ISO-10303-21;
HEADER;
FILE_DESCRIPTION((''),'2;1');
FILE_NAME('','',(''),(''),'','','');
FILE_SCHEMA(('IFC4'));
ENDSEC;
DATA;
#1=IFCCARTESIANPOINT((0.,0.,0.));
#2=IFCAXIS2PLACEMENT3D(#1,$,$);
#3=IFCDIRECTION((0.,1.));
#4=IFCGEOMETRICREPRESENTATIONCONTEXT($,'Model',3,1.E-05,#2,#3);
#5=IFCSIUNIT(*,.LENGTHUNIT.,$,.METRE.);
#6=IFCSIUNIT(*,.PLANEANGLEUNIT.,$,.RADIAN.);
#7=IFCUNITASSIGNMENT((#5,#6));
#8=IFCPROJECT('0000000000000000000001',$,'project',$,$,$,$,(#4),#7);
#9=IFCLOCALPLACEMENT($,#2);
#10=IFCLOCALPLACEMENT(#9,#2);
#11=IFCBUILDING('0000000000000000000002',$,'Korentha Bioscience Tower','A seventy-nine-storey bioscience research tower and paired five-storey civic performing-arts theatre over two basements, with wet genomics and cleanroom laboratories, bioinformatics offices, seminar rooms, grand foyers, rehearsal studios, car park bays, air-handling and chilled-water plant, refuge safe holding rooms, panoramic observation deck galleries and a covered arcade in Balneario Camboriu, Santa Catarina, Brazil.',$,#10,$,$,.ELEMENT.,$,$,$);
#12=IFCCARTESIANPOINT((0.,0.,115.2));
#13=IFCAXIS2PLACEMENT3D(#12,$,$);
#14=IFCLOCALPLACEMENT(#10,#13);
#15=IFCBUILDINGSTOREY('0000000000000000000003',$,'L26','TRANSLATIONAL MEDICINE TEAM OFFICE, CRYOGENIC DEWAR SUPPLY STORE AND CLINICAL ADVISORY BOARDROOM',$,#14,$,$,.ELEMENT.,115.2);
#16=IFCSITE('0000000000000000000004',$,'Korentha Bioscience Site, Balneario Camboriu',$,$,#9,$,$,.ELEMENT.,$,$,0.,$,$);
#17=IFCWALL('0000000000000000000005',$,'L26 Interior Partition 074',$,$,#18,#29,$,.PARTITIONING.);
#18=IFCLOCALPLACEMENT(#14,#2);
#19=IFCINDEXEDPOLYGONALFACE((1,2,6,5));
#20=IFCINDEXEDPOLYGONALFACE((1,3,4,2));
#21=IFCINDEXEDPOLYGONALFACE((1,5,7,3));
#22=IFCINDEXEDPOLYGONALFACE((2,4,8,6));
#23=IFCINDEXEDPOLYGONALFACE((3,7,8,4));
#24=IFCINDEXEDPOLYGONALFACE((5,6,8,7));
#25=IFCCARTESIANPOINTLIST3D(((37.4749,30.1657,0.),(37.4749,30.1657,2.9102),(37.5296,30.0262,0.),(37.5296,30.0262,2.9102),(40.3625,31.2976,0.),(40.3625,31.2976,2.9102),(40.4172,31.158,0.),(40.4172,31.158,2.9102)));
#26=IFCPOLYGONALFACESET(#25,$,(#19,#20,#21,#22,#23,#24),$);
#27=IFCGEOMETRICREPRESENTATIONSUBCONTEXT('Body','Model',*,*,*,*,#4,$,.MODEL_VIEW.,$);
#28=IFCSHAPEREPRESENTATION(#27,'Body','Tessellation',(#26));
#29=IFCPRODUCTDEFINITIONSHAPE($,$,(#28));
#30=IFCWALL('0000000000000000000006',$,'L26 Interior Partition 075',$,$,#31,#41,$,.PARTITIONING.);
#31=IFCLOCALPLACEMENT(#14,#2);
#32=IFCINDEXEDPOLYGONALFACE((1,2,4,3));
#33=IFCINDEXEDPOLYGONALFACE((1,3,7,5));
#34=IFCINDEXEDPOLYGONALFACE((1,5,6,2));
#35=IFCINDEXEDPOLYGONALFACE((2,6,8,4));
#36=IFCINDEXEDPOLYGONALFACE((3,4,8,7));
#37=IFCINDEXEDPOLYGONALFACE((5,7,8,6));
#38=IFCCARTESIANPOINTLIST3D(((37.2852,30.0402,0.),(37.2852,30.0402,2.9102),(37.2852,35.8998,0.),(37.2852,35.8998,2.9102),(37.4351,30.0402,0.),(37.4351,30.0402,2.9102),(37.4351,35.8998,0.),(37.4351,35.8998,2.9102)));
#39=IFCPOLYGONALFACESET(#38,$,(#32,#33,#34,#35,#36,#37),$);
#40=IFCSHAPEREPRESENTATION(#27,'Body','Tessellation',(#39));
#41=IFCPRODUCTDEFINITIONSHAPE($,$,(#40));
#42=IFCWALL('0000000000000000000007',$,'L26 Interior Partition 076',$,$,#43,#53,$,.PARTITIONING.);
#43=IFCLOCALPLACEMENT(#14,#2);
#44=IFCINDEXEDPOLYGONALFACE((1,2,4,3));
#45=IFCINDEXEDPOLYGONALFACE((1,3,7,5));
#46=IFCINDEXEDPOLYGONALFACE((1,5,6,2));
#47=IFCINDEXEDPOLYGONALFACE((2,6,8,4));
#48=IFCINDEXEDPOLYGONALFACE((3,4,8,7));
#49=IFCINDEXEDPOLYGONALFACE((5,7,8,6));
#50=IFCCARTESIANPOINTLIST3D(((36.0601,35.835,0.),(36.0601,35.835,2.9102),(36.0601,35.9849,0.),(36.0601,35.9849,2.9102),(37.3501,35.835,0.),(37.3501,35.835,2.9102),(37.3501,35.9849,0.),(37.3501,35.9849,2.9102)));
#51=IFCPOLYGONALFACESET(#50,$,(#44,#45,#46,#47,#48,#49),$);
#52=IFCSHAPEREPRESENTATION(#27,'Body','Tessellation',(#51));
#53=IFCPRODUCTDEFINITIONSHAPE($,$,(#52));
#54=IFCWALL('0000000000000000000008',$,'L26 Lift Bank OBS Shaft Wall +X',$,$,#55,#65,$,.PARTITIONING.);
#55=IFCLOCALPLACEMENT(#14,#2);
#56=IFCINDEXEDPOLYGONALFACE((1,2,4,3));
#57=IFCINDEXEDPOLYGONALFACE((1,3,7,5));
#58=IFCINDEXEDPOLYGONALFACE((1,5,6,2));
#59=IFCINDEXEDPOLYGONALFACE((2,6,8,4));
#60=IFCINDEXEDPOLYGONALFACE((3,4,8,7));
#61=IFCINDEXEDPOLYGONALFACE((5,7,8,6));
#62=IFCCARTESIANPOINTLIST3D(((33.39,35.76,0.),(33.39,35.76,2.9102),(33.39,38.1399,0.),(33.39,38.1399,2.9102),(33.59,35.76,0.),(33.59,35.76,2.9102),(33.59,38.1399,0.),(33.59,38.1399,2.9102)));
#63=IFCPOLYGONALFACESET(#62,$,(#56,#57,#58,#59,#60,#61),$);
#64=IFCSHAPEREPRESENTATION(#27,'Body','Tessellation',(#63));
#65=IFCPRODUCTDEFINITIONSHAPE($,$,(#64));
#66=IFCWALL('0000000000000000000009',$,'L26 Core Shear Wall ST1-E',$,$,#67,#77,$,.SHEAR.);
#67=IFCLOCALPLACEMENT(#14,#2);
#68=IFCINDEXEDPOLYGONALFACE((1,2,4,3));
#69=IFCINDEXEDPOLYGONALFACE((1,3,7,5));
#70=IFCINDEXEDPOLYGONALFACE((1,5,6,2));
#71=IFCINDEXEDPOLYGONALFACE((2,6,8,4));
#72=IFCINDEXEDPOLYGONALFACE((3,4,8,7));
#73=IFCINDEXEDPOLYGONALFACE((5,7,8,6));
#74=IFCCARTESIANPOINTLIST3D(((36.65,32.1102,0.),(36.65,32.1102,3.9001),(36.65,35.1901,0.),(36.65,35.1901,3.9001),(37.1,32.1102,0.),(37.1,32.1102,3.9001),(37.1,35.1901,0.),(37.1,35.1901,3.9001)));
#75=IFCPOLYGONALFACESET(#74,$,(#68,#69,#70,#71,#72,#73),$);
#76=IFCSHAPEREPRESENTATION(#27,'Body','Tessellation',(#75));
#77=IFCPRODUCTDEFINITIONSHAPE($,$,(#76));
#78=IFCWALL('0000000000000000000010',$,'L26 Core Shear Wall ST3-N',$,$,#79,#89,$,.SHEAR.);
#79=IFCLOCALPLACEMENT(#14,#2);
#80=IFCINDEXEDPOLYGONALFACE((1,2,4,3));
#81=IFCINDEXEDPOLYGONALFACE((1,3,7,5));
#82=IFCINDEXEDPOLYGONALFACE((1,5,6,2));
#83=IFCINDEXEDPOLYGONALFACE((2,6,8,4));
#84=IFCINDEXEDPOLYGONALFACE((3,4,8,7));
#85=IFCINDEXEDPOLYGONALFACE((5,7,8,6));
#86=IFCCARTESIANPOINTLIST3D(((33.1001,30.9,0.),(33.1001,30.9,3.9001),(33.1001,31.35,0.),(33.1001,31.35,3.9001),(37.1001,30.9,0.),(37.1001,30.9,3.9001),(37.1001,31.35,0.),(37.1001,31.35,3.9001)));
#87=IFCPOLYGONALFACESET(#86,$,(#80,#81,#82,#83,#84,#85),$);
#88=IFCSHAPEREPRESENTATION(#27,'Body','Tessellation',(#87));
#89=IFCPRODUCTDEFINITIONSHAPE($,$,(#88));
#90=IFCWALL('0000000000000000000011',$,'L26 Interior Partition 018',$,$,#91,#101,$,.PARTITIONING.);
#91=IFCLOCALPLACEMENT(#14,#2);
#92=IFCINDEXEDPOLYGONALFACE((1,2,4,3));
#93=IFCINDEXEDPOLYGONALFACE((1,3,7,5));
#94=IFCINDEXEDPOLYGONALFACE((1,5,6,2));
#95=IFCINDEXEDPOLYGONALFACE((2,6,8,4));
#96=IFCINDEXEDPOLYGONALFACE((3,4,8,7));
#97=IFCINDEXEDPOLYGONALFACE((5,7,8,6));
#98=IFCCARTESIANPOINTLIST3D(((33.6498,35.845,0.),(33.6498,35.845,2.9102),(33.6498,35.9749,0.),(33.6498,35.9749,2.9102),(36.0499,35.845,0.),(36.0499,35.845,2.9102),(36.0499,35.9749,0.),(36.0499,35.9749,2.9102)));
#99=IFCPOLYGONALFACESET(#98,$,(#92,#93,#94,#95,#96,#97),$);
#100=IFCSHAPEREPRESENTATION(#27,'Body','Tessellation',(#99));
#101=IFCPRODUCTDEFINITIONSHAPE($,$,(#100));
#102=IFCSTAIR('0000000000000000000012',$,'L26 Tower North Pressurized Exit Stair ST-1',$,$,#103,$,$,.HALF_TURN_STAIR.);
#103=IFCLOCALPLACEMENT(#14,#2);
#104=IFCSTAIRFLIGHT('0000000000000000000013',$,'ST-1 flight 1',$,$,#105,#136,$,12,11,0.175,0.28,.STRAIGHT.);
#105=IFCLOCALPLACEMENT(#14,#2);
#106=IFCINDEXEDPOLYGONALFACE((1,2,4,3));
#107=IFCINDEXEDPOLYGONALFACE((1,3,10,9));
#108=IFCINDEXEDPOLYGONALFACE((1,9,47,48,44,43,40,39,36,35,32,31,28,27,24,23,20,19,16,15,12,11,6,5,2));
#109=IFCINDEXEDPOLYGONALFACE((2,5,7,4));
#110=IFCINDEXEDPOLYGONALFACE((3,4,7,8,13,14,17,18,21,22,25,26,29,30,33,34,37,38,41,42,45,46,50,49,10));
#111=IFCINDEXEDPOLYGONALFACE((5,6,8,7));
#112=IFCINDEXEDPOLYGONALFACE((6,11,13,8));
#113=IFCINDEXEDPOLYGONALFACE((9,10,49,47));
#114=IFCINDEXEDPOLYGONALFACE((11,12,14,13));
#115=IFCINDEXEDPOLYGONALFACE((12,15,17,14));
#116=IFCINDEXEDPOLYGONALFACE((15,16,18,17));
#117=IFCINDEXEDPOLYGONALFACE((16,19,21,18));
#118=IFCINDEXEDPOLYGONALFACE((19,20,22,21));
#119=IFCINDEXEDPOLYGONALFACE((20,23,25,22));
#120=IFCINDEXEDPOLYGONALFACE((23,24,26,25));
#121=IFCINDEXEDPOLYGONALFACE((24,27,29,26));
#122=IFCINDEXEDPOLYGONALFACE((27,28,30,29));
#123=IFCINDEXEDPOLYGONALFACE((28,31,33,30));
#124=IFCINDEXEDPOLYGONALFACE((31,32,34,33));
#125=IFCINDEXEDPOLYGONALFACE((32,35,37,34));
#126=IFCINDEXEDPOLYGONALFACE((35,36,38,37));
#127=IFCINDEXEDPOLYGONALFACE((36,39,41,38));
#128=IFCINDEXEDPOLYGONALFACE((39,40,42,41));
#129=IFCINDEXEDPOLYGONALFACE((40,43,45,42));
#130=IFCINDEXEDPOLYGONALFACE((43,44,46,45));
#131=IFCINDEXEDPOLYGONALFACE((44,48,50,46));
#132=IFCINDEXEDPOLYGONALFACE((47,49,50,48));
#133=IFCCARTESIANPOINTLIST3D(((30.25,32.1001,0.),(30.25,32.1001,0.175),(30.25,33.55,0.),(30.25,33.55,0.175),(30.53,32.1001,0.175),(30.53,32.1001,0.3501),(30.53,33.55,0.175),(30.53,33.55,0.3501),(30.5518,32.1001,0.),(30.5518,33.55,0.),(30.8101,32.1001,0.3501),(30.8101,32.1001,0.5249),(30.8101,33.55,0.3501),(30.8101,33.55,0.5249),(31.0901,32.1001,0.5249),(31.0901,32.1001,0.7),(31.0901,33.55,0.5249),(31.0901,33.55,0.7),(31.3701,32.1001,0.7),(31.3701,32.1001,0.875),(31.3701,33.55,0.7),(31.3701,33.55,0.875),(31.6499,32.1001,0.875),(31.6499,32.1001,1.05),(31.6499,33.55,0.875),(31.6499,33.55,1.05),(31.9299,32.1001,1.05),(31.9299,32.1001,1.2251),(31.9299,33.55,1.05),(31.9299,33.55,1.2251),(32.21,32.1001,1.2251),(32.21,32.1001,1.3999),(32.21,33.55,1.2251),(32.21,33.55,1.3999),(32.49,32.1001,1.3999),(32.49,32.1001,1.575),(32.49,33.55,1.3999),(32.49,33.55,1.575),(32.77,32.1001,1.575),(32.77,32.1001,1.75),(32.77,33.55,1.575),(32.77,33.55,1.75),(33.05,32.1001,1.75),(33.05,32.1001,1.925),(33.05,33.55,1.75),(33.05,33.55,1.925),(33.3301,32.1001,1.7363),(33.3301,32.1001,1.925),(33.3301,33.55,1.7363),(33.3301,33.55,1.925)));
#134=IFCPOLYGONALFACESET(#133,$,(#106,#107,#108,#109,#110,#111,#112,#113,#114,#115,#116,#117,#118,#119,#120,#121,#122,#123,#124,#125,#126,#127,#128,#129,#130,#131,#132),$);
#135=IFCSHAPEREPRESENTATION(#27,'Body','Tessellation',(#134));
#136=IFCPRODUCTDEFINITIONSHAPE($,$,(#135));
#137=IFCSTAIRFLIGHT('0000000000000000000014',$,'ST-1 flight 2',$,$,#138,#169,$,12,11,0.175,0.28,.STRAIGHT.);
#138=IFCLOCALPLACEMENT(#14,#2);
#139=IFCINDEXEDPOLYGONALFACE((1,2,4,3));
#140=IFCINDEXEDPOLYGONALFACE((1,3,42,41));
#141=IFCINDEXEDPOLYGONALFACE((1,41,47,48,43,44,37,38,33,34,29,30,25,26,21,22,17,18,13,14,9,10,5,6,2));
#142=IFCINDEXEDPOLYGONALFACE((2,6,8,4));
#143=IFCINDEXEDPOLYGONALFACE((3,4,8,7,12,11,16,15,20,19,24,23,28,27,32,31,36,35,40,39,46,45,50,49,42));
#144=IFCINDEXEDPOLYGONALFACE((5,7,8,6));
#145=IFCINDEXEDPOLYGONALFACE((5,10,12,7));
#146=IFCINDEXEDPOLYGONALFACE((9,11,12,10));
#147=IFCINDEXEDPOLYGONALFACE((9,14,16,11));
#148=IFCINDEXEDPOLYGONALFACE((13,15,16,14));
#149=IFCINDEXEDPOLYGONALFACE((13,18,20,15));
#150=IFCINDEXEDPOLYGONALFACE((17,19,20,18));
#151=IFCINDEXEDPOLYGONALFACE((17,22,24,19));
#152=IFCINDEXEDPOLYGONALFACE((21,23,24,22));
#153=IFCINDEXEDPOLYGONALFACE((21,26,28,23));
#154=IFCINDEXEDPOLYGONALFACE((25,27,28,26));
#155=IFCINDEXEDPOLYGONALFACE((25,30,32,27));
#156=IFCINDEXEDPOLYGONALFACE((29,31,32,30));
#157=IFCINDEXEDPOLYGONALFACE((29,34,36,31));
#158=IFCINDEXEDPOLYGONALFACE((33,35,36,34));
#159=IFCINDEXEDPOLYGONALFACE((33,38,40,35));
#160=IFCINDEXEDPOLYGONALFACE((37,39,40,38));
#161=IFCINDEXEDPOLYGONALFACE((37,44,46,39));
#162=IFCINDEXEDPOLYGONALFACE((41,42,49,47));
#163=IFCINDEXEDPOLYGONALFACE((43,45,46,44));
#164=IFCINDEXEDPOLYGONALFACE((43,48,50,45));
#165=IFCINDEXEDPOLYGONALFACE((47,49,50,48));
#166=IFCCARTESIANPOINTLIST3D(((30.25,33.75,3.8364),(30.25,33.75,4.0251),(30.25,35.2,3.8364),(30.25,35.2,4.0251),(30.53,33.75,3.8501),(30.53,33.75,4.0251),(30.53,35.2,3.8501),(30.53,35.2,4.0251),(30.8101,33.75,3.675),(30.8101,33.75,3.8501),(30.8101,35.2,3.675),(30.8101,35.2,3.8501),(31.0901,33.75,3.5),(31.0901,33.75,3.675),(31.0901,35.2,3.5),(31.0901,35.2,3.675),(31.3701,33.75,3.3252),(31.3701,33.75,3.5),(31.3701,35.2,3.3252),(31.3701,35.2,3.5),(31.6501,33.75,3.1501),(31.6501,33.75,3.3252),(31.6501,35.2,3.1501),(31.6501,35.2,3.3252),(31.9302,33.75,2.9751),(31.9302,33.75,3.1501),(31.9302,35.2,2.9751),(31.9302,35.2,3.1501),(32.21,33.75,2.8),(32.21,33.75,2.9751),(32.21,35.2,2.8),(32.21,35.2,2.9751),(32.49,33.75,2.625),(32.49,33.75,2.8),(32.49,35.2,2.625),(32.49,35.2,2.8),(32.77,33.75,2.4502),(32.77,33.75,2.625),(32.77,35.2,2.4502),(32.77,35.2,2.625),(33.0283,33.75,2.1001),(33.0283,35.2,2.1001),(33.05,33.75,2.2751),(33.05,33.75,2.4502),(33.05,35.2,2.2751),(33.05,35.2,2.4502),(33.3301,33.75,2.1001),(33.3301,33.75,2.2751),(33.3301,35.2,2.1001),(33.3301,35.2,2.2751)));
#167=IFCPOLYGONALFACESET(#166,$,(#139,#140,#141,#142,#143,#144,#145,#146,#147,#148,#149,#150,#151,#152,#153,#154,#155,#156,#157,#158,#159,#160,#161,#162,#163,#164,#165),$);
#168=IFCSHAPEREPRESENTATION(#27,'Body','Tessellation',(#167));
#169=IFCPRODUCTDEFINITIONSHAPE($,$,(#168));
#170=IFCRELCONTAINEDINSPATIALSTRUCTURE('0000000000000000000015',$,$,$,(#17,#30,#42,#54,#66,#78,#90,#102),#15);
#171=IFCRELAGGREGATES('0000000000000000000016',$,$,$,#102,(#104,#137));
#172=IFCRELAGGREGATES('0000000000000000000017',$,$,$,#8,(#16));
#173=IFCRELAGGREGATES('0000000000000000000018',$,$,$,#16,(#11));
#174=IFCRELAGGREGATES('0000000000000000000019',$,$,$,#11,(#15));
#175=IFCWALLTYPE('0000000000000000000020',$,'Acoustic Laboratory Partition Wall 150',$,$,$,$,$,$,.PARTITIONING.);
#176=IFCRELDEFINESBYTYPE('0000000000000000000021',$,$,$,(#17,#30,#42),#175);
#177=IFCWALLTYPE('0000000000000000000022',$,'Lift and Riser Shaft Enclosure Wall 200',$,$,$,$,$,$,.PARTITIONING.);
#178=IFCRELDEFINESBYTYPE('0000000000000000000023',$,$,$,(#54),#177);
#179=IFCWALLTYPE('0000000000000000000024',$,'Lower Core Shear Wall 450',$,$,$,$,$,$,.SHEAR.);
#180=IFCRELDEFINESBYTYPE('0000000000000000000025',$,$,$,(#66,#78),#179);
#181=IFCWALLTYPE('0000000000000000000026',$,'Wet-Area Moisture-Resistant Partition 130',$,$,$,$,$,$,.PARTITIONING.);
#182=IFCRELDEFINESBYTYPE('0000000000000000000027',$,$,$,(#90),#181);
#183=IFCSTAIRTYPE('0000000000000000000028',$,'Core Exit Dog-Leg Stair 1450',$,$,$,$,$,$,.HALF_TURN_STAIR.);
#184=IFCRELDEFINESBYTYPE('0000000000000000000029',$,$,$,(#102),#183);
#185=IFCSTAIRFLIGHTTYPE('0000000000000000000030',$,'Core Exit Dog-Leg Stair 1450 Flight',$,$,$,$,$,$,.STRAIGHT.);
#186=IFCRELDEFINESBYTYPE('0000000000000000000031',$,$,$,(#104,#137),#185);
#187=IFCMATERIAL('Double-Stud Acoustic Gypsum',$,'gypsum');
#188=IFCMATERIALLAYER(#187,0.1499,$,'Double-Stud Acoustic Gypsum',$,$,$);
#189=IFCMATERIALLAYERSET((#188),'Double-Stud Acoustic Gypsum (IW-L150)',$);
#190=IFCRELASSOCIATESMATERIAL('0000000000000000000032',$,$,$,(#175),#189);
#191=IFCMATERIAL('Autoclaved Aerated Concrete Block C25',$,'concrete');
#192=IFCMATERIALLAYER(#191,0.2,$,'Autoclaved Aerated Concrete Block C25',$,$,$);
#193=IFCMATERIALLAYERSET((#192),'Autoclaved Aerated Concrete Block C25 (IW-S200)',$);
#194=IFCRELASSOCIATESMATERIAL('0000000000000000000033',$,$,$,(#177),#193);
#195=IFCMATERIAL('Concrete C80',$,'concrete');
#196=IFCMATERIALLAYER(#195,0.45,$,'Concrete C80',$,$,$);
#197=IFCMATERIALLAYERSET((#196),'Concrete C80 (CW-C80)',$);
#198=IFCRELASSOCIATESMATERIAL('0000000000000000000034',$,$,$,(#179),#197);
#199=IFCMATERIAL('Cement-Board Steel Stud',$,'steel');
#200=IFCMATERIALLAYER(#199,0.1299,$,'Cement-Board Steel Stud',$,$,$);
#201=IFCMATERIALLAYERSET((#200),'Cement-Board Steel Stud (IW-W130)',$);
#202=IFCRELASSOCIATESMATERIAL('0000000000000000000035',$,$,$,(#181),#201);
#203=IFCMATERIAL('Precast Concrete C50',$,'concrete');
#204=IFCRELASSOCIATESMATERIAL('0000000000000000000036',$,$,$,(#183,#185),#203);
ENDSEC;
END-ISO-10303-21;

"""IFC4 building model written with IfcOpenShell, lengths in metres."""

from ifc_helpers import new_model, si_unit, direction, frame, frame_2d, origin, place, context, subcontext, project, spatial, polyline, rectangle, outline, extrude, material, layer, layer_set, type_object, element, aggregate, save


model = new_model("IFC4")

# Units and contexts
model_context = context("Model", 3, precision=1e-05, world=origin(), true_north=direction((0.0, 1.0)))
body_context = subcontext(model_context, "Body", "Model", "MODEL_VIEW")
ifc_project = project(units=[si_unit("LENGTHUNIT", "METRE"), si_unit("PLANEANGLEUNIT", "RADIAN")], contexts=[model_context])

# Site, building, storey
site_placement = place(None, origin())
site = spatial("IfcSite", under=ifc_project, at=site_placement, Name="Korentha Bioscience Site, Balneario Camboriu", CompositionType="ELEMENT", RefElevation=0.0)
building_placement = place(site_placement, origin())
building = spatial("IfcBuilding", under=site, at=building_placement, Name="Korentha Bioscience Tower", Description="A seventy-nine-storey bioscience research tower and paired five-storey civic performing-arts theatre over two basements, with wet genomics and cleanroom laboratories, bioinformatics offices, seminar rooms, grand foyers, rehearsal studios, car park bays, air-handling and chilled-water plant, refuge safe holding rooms, panoramic observation deck galleries and a covered arcade in Balneario Camboriu, Santa Catarina, Brazil.", CompositionType="ELEMENT")
storey_placement = place(building_placement, frame((0.0, 0.0, 115.2)))
storey = spatial("IfcBuildingStorey", under=building, at=storey_placement, Name="L26", Description="TRANSLATIONAL MEDICINE TEAM OFFICE, CRYOGENIC DEWAR SUPPLY STORE AND CLINICAL ADVISORY BOARDROOM", CompositionType="ELEMENT", Elevation=115.2)

# Walls
ifc_material_1 = material(Name="Double-Stud Acoustic Gypsum", Category="gypsum")
ifc_layer_1 = layer(ifc_material_1, 0.1499, Name="Double-Stud Acoustic Gypsum")
ifc_layer_set_1 = layer_set([ifc_layer_1], Name="Double-Stud Acoustic Gypsum (IW-L150)")
wall_type_1 = type_object("IfcWallType", Name="Acoustic Laboratory Partition Wall 150", PredefinedType="PARTITIONING", material=ifc_layer_set_1)
wall_1_placement = place(storey_placement, frame((40.3899, 31.2278, 0.0), z_axis=(0.0, 0.0, 1.0), x_axis=(-0.931038, -0.364922, 0.0)))
element("IfcWall", 1, at=wall_1_placement, inside=storey, type_object=wall_type_1, Name="L26 Interior Partition 074", PredefinedType="PARTITIONING", context=body_context, shape_type="SweptSolid", body=[
    extrude(rectangle(XDim=3.1016, YDim=0.1499, at=frame_2d((1.5508, 0.0))), origin(), (0.0, 0.0, 1.0), 2.9102),
])
wall_2_placement = place(storey_placement, frame((37.3601, 30.0403, 0.0), z_axis=(0.0, 0.0, 1.0), x_axis=(0.0, 1.0, 0.0)))
element("IfcWall", 2, at=wall_2_placement, inside=storey, type_object=wall_type_1, Name="L26 Interior Partition 075", PredefinedType="PARTITIONING", context=body_context, shape_type="SweptSolid", body=[
    extrude(rectangle(XDim=5.8596, YDim=0.1499, at=frame_2d((2.9297, 0.0))), origin(), (0.0, 0.0, 1.0), 2.9102),
])
wall_3_placement = place(storey_placement, frame((37.3501, 35.9099, 0.0), z_axis=(0.0, 0.0, 1.0), x_axis=(-1.0, 0.0, 0.0)))
element("IfcWall", 3, at=wall_3_placement, inside=storey, type_object=wall_type_1, Name="L26 Interior Partition 076", PredefinedType="PARTITIONING", context=body_context, shape_type="SweptSolid", body=[
    extrude(rectangle(XDim=1.29, YDim=0.1499, at=frame_2d((0.645, 0.0))), origin(), (0.0, 0.0, 1.0), 2.9102),
])
ifc_material_2 = material(Name="Autoclaved Aerated Concrete Block C25", Category="concrete")
ifc_layer_2 = layer(ifc_material_2, 0.2, Name="Autoclaved Aerated Concrete Block C25")
ifc_layer_set_2 = layer_set([ifc_layer_2], Name="Autoclaved Aerated Concrete Block C25 (IW-S200)")
wall_type_2 = type_object("IfcWallType", Name="Lift and Riser Shaft Enclosure Wall 200", PredefinedType="PARTITIONING", material=ifc_layer_set_2)
wall_4_placement = place(storey_placement, frame((33.49, 35.76, 0.0), z_axis=(0.0, 0.0, 1.0), x_axis=(0.0, 1.0, 0.0)))
element("IfcWall", 4, at=wall_4_placement, inside=storey, type_object=wall_type_2, Name="L26 Lift Bank OBS Shaft Wall +X", PredefinedType="PARTITIONING", context=body_context, shape_type="SweptSolid", body=[
    extrude(rectangle(XDim=2.3799, YDim=0.2, at=frame_2d((1.1899, 0.0))), origin(), (0.0, 0.0, 1.0), 2.9102),
])
ifc_material_3 = material(Name="Concrete C80", Category="concrete")
ifc_layer_3 = layer(ifc_material_3, 0.45, Name="Concrete C80")
ifc_layer_set_3 = layer_set([ifc_layer_3], Name="Concrete C80 (CW-C80)")
wall_type_3 = type_object("IfcWallType", Name="Lower Core Shear Wall 450", PredefinedType="SHEAR", material=ifc_layer_set_3)
wall_5_placement = place(storey_placement, frame((36.875, 32.1101, 0.0), z_axis=(0.0, 0.0, 1.0), x_axis=(0.0, 1.0, 0.0)))
element("IfcWall", 5, at=wall_5_placement, inside=storey, type_object=wall_type_3, Name="L26 Core Shear Wall ST1-E", PredefinedType="SHEAR", context=body_context, shape_type="SweptSolid", body=[
    extrude(rectangle(XDim=3.0798, YDim=0.45, at=frame_2d((1.54, 0.0))), origin(), (0.0, 0.0, 1.0), 3.9001),
])
wall_6_placement = place(storey_placement, frame((33.1001, 31.125, 0.0), z_axis=(0.0, 0.0, 1.0), x_axis=(1.0, 0.0, 0.0)))
element("IfcWall", 6, at=wall_6_placement, inside=storey, type_object=wall_type_3, Name="L26 Core Shear Wall ST3-N", PredefinedType="SHEAR", context=body_context, shape_type="SweptSolid", body=[
    extrude(rectangle(XDim=4.0, YDim=0.45, at=frame_2d((2.0, 0.0))), origin(), (0.0, 0.0, 1.0), 3.9001),
])
ifc_material_4 = material(Name="Cement-Board Steel Stud", Category="steel")
ifc_layer_4 = layer(ifc_material_4, 0.1299, Name="Cement-Board Steel Stud")
ifc_layer_set_4 = layer_set([ifc_layer_4], Name="Cement-Board Steel Stud (IW-W130)")
wall_type_4 = type_object("IfcWallType", Name="Wet-Area Moisture-Resistant Partition 130", PredefinedType="PARTITIONING", material=ifc_layer_set_4)
wall_7_placement = place(storey_placement, frame((36.05, 35.9099, 0.0), z_axis=(0.0, 0.0, 1.0), x_axis=(-1.0, 0.0, 0.0)))
element("IfcWall", 7, at=wall_7_placement, inside=storey, type_object=wall_type_4, Name="L26 Interior Partition 018", PredefinedType="PARTITIONING", context=body_context, shape_type="SweptSolid", body=[
    extrude(rectangle(XDim=2.4001, YDim=0.1299, at=frame_2d((1.2002, 0.0))), origin(), (0.0, 0.0, 1.0), 2.9102),
])

# Stair, stair flights
ifc_material_5 = material(Name="Precast Concrete C50", Category="concrete")
stair_type = type_object("IfcStairType", Name="Core Exit Dog-Leg Stair 1450", PredefinedType="HALF_TURN_STAIR", material=ifc_material_5)
stair_1_placement = place(storey_placement, origin())
stair_1 = element("IfcStair", 8, at=stair_1_placement, inside=storey, type_object=stair_type, Name="L26 Tower North Pressurized Exit Stair ST-1", PredefinedType="HALF_TURN_STAIR")
stair_flight_type = type_object("IfcStairFlightType", Name="Core Exit Dog-Leg Stair 1450 Flight", PredefinedType="STRAIGHT", material=ifc_material_5)
stair_flight_1_placement = place(storey_placement, frame((30.25, 32.825, 0.0), z_axis=(0.0, 0.0, 1.0), x_axis=(1.0, 0.0, 0.0)))
stair_flight_1 = element("IfcStairFlight", 9, at=stair_flight_1_placement, type_object=stair_flight_type, Name="ST-1 flight 1", NumberOfRisers=12, NumberOfTreads=11, PredefinedType="STRAIGHT", RiserHeight=0.175, TreadLength=0.28, context=body_context, shape_type="SweptSolid", body=[
    extrude(outline(polyline([(0.0, 0.0), (0.0, 0.175), (0.28, 0.175), (0.28, 0.3501), (0.5601, 0.3501), (0.5601, 0.5249), (0.8401, 0.5249), (0.8401, 0.7), (1.1201, 0.7), (1.1201, 0.875), (1.3999, 0.875), (1.3999, 1.05), (1.6799, 1.05), (1.6799, 1.2251), (1.96, 1.2251), (1.96, 1.3999), (2.24, 1.3999), (2.24, 1.575), (2.52, 1.575), (2.52, 1.75), (2.8, 1.75), (2.8, 1.925), (3.0801, 1.925), (3.0801, 2.1001), (3.0801, 1.7363), (0.3018, 0.0), (0.0, 0.0)])), frame((0.0, 0.7251, 0.0), z_axis=(0.0, -1.0, 0.0), x_axis=(1.0, 0.0, 0.0)), (0.0, 0.0, 1.0), 1.45),
])
stair_flight_2_placement = place(storey_placement, frame((33.3301, 34.4751, 2.1001), z_axis=(0.0, 0.0, 1.0), x_axis=(-1.0, 0.0, 0.0)))
stair_flight_2 = element("IfcStairFlight", 10, at=stair_flight_2_placement, type_object=stair_flight_type, Name="ST-1 flight 2", NumberOfRisers=12, NumberOfTreads=11, PredefinedType="STRAIGHT", RiserHeight=0.175, TreadLength=0.28, context=body_context, shape_type="SweptSolid", body=[
    extrude(outline(polyline([(0.0, 0.0), (0.0, 0.175), (0.28, 0.175), (0.28, 0.3501), (0.5601, 0.3501), (0.5601, 0.5249), (0.8401, 0.5249), (0.8401, 0.7), (1.1201, 0.7), (1.1201, 0.875), (1.3999, 0.875), (1.3999, 1.05), (1.6799, 1.05), (1.6799, 1.2251), (1.96, 1.2251), (1.96, 1.3999), (2.24, 1.3999), (2.24, 1.575), (2.52, 1.575), (2.52, 1.75), (2.8, 1.75), (2.8, 1.925), (3.0801, 1.925), (3.0801, 2.1001), (3.0801, 1.7363), (0.3018, 0.0), (0.0, 0.0)])), frame((0.0, 0.7251, 0.0), z_axis=(0.0, -1.0, 0.0), x_axis=(1.0, 0.0, 0.0)), (0.0, 0.0, 1.0), 1.45),
])
aggregate(stair_1, [stair_flight_1, stair_flight_2])

save(model, "model.ifc")
